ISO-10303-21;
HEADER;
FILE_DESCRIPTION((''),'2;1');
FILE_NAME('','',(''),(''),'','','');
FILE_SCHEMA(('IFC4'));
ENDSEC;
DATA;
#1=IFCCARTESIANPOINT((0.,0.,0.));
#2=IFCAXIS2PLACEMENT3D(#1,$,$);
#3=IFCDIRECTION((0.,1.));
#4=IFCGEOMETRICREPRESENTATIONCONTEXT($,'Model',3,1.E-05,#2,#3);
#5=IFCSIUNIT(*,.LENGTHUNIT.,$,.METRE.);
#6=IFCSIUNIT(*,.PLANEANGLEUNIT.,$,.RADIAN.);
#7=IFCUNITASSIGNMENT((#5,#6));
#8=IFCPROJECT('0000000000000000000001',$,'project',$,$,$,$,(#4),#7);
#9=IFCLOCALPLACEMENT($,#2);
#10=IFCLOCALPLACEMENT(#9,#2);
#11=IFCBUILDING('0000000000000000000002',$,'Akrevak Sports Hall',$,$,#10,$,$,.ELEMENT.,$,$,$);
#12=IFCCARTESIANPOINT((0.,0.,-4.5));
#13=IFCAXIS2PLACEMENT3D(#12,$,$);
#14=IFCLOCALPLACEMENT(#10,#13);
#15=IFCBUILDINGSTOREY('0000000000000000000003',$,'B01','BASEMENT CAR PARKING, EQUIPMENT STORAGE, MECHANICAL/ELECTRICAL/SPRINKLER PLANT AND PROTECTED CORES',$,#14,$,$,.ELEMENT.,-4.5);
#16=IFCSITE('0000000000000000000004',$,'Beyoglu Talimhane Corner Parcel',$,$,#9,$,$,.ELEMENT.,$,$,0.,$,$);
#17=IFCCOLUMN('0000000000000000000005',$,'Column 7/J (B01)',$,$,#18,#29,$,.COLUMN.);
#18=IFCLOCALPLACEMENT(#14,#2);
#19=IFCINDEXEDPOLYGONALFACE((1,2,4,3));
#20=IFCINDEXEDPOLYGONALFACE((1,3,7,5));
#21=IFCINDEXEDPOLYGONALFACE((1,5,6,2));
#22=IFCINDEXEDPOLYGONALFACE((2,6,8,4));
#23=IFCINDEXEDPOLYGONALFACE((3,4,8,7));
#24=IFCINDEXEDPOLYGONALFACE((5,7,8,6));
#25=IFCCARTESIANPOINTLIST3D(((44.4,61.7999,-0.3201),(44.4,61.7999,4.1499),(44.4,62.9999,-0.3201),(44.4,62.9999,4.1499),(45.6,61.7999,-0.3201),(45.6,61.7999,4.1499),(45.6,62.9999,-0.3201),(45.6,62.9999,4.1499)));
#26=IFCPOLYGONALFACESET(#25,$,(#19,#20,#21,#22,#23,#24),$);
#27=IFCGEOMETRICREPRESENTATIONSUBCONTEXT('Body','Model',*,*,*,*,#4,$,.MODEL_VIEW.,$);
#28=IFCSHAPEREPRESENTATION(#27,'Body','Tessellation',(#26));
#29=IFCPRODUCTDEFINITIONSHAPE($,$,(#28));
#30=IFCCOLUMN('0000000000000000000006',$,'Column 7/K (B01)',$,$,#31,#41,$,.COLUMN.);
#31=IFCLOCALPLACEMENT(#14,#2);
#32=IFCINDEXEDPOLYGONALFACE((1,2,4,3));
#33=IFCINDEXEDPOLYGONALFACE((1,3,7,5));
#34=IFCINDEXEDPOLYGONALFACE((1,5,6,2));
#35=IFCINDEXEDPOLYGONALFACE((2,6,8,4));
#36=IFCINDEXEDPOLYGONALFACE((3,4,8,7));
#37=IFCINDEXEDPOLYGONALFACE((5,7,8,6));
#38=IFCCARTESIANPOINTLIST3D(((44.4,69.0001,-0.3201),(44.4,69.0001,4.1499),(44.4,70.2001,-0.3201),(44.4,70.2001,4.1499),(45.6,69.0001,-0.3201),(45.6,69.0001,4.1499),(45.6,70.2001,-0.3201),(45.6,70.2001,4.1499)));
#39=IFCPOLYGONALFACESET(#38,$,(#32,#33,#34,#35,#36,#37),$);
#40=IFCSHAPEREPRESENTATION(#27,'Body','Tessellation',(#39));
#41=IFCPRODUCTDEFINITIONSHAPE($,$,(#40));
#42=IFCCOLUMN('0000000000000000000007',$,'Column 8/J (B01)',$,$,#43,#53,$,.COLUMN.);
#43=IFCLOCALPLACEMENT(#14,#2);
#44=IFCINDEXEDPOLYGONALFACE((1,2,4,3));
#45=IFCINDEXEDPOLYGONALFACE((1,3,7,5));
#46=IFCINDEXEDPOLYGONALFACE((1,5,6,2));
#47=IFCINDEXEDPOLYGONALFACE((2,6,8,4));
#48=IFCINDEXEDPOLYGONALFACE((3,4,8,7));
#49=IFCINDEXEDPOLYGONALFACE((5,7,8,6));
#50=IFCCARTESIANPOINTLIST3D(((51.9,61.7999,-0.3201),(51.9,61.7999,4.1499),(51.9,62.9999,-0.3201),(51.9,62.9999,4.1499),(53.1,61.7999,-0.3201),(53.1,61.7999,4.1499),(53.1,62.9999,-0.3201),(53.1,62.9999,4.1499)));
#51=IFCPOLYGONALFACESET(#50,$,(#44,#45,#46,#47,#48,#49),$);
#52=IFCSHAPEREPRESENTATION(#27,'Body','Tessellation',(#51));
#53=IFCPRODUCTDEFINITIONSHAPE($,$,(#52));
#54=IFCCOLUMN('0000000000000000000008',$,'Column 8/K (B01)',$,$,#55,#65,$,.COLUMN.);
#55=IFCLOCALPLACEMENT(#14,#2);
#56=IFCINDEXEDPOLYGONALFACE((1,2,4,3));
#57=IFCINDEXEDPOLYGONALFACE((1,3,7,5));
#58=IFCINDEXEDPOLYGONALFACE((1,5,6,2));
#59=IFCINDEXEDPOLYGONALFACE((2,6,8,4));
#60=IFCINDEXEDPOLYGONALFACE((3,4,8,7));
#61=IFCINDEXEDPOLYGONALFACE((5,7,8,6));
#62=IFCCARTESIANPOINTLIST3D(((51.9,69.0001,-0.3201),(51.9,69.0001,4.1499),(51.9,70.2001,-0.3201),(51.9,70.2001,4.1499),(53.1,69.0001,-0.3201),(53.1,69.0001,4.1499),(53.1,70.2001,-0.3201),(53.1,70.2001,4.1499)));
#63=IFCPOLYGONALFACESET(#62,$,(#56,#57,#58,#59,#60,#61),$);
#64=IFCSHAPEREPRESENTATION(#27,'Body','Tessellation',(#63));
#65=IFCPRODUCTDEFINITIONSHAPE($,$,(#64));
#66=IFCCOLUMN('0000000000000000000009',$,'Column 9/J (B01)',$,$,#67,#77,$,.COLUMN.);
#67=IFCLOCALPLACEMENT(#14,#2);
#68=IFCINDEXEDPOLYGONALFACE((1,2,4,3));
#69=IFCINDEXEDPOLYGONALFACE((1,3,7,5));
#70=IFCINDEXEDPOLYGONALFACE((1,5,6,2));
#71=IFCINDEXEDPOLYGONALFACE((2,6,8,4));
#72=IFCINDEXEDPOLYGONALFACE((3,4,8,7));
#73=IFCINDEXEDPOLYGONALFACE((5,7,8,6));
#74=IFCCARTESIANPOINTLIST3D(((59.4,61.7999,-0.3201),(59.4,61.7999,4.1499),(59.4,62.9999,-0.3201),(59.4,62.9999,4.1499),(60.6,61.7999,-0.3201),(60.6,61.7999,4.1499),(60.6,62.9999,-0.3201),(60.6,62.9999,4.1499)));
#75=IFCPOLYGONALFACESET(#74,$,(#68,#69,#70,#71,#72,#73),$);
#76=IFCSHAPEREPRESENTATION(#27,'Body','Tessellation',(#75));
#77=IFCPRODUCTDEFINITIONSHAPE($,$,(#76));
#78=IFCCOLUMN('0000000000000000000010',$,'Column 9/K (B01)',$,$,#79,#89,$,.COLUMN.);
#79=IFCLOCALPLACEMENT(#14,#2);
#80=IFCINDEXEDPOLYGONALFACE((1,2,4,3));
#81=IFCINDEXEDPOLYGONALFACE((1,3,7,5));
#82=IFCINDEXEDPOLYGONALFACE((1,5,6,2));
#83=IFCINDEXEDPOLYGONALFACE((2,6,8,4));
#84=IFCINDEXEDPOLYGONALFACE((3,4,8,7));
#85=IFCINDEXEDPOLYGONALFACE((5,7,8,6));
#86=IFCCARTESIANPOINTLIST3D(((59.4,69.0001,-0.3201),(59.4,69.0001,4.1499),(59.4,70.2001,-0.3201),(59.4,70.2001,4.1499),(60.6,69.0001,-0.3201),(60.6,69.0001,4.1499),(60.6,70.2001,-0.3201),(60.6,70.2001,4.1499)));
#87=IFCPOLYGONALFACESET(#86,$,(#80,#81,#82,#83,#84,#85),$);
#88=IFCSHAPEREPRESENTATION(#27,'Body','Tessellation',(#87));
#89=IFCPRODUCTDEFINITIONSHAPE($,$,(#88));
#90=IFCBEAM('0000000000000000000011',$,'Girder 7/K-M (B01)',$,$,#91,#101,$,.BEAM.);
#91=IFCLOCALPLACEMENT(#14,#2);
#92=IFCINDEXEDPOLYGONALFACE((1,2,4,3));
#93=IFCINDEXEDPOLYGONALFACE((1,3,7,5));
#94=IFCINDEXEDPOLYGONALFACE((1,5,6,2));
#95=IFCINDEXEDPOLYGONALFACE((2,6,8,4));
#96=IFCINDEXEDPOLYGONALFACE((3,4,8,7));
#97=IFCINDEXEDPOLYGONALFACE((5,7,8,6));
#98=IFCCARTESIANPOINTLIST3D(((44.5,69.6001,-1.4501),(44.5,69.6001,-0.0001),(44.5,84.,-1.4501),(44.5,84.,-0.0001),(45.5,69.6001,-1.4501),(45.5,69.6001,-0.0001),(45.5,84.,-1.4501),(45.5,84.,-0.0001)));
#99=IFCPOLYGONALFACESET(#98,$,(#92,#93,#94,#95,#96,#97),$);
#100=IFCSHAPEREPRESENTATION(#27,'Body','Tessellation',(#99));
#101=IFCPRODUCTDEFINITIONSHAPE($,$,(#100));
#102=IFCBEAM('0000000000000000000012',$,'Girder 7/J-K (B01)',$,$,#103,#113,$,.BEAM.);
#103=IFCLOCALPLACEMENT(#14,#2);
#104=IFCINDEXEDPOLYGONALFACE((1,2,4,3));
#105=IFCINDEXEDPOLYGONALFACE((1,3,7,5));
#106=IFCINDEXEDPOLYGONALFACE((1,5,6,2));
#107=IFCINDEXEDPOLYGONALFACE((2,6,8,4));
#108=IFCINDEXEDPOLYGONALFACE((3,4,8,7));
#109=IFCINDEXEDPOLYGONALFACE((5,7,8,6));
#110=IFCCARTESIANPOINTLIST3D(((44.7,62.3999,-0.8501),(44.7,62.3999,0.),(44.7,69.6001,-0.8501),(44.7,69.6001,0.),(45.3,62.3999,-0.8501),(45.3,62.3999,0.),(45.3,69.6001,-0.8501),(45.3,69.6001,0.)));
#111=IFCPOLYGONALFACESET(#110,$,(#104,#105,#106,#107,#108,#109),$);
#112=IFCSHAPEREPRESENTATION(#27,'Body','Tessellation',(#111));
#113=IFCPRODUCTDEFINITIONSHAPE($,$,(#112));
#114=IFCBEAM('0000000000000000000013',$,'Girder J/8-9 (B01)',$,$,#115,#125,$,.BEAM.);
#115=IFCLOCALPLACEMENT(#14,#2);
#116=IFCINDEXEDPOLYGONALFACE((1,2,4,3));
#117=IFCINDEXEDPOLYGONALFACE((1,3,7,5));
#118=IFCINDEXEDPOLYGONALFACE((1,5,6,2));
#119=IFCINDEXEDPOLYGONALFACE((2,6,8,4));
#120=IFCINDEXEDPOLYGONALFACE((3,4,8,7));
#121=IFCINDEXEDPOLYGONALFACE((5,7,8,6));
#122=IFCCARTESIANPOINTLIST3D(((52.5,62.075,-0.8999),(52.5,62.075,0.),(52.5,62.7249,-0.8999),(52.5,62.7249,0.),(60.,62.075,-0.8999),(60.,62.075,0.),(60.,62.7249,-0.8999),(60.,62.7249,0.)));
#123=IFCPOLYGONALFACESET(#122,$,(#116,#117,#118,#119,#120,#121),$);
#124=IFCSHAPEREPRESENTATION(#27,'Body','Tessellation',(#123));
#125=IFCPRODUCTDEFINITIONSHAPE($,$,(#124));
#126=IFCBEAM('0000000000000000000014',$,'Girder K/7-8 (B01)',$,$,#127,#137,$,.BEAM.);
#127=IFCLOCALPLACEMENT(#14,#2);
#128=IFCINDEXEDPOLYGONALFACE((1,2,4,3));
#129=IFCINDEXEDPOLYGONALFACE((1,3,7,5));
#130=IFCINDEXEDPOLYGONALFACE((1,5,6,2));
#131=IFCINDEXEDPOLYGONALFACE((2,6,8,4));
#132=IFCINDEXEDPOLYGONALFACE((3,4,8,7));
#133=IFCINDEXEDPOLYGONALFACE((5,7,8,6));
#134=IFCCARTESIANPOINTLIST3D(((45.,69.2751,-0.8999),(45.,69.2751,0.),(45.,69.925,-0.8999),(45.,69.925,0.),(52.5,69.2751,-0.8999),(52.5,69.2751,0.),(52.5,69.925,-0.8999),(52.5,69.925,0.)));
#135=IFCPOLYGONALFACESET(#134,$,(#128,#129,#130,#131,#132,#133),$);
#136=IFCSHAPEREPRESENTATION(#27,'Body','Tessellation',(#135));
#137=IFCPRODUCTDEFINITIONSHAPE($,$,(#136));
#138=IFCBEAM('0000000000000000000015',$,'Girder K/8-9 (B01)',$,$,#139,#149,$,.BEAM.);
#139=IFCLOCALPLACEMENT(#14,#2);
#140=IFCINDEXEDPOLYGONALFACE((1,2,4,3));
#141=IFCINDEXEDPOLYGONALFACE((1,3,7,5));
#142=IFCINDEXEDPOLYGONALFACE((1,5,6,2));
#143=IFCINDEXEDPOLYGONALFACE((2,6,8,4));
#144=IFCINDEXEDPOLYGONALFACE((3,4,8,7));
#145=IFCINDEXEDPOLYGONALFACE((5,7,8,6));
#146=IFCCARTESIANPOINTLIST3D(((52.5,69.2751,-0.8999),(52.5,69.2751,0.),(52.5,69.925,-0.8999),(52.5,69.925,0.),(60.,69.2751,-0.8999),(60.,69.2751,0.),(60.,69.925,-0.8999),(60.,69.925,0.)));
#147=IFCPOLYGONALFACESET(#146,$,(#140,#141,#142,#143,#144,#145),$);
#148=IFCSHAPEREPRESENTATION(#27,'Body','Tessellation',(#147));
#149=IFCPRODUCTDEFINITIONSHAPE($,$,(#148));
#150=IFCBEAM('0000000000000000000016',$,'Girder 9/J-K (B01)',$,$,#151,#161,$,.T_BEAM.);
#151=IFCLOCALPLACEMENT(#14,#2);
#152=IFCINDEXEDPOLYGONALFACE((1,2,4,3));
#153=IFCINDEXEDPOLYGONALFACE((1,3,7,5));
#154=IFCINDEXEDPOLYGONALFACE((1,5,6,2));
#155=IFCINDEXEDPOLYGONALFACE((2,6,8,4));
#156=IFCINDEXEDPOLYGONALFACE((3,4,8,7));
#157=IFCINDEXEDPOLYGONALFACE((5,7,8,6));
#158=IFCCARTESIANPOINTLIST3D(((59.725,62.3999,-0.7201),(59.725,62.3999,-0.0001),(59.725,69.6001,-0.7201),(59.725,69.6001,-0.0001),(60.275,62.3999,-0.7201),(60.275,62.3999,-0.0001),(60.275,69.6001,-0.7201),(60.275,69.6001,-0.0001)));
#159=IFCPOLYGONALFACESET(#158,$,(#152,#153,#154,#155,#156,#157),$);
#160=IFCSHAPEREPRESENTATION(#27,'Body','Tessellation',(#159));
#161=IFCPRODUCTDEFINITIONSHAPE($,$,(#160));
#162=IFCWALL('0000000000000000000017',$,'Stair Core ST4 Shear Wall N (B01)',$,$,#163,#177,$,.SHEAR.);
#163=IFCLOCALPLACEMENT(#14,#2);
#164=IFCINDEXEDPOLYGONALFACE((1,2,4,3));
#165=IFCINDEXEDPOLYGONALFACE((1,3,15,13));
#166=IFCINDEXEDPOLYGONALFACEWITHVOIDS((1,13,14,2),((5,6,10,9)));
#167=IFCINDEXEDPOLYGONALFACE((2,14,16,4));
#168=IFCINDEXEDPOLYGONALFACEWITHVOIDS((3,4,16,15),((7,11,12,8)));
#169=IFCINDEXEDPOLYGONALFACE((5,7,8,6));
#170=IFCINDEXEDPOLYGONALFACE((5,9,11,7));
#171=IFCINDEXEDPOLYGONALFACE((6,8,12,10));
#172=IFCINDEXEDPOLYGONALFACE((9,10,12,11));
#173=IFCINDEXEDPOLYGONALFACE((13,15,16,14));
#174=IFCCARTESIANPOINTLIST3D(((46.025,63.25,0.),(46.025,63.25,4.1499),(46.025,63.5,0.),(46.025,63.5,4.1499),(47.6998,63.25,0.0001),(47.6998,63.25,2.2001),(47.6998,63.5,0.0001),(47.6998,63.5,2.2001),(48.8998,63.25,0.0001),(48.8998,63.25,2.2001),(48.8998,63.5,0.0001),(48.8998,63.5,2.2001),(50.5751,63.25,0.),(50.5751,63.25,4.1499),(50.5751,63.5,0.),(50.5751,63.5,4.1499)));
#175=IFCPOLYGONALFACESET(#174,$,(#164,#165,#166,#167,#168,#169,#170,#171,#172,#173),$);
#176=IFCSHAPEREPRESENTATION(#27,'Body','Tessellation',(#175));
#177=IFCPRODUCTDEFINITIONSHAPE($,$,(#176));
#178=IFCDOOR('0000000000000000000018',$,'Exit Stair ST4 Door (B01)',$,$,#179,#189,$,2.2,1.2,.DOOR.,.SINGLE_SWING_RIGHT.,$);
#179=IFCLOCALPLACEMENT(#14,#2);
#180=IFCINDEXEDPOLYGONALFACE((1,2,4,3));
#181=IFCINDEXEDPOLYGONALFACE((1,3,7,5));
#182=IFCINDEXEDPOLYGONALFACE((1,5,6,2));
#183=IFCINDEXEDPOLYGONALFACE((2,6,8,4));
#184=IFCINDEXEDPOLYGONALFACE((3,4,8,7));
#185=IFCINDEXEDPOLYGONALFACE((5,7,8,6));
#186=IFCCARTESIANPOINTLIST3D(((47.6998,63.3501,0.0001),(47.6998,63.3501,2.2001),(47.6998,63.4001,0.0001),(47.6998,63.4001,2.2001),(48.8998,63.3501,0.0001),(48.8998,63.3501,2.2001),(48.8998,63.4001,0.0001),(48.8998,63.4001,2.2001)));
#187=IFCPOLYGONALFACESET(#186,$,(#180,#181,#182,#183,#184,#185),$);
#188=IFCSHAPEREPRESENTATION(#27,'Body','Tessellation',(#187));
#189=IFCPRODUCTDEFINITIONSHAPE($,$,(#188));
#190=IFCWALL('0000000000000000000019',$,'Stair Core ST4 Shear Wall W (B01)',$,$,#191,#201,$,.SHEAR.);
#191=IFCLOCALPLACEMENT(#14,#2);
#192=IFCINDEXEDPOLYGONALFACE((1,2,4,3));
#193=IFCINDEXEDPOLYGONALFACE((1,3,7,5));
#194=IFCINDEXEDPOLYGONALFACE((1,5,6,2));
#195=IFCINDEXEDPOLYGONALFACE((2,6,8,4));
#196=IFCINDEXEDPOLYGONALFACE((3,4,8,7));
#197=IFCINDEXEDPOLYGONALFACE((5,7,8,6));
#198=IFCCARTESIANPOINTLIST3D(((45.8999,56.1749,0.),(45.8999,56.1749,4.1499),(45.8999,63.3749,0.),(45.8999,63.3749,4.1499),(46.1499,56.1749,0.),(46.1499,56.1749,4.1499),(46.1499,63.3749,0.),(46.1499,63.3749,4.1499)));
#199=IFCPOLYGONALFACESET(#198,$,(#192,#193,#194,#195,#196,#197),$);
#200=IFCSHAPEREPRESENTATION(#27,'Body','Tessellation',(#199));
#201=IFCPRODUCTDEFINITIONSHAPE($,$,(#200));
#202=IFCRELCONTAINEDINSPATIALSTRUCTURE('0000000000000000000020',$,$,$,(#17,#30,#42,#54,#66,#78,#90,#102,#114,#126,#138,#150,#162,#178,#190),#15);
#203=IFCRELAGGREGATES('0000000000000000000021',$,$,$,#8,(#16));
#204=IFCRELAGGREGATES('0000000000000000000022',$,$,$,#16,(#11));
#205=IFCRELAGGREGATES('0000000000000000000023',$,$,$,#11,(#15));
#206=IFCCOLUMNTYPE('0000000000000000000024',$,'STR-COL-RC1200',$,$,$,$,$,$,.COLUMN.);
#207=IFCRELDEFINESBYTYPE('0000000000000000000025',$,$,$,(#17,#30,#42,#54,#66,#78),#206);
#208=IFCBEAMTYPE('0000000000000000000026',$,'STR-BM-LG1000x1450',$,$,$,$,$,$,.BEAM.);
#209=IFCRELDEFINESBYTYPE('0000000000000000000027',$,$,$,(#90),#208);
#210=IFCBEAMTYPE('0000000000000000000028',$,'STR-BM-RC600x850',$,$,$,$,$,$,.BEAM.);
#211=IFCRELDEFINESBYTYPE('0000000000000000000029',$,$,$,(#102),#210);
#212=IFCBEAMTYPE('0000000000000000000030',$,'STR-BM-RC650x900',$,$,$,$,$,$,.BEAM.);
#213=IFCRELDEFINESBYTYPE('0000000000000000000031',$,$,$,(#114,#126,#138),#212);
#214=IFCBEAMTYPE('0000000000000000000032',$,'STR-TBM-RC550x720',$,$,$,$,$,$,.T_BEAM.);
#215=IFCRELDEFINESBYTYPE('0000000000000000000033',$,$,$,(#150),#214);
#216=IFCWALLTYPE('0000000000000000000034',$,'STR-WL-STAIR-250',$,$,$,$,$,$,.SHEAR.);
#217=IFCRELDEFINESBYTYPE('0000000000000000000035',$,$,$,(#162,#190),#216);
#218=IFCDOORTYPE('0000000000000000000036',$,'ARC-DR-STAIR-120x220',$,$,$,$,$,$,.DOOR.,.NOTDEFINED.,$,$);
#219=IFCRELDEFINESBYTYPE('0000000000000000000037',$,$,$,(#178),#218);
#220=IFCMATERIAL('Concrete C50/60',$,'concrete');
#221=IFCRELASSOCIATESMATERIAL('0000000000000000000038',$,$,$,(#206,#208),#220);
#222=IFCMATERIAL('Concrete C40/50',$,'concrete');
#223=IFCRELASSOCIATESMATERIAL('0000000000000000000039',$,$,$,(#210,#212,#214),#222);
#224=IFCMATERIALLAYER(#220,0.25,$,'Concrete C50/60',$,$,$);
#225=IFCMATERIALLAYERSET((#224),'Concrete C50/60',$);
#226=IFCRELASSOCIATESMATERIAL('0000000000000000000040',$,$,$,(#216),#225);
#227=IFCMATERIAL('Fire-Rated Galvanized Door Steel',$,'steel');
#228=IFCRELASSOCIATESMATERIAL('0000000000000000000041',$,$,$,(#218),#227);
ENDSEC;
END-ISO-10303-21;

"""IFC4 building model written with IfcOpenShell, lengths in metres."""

from ifc_helpers import new_model, si_unit, direction, frame, frame_2d, origin, origin_2d, place, context, subcontext, project, spatial, rectangle, extrude, material, layer, layer_set, material_profile, profile_set, type_object, element, fill, save


model = new_model("IFC4")

# Units and contexts
model_context = context("Model", 3, precision=1e-05, world=origin(), true_north=direction((0.0, 1.0)))
body_context = subcontext(model_context, "Body", "Model", "MODEL_VIEW")
ifc_project = project(units=[si_unit("LENGTHUNIT", "METRE"), si_unit("PLANEANGLEUNIT", "RADIAN")], contexts=[model_context])

# Site, building, storey
site_placement = place(None, origin())
site = spatial("IfcSite", under=ifc_project, at=site_placement, Name="Beyoglu Talimhane Corner Parcel", CompositionType="ELEMENT", RefElevation=0.0)
building_placement = place(site_placement, origin())
building = spatial("IfcBuilding", under=site, at=building_placement, Name="Akrevak Sports Hall", CompositionType="ELEMENT")
storey_placement = place(building_placement, frame((0.0, 0.0, -4.5)))
storey = spatial("IfcBuildingStorey", under=building, at=storey_placement, Name="B01", Description="BASEMENT CAR PARKING, EQUIPMENT STORAGE, MECHANICAL/ELECTRICAL/SPRINKLER PLANT AND PROTECTED CORES", CompositionType="ELEMENT", Elevation=-4.5)

# Columns
ifc_material_1 = material(Name="Concrete C50/60", Category="concrete")
ifc_material_profile_1 = material_profile(ifc_material_1, rectangle(XDim=1.2, YDim=1.2, at=origin_2d()), Name="RC 1200x1200", Category="concrete")
ifc_profile_set_1 = profile_set([ifc_material_profile_1], Name="Concrete C50/60")
column_type = type_object("IfcColumnType", Name="STR-COL-RC1200", PredefinedType="COLUMN", material=ifc_profile_set_1)
for number, where, z_axis, x_axis, name in (
    (1, (45.0, 62.3999, -0.3201), (0.0, 0.0, 1.0), (1.0, 0.0, 0.0), "Column 7/J (B01)"),
    (2, (45.0, 69.6001, -0.3201), (0.0, 0.0, 1.0), (1.0, 0.0, 0.0), "Column 7/K (B01)"),
    (3, (52.5, 62.3999, -0.3201), (0.0, 0.0, 1.0), (1.0, 0.0, 0.0), "Column 8/J (B01)"),
    (4, (52.5, 69.6001, -0.3201), (0.0, 0.0, 1.0), (1.0, 0.0, 0.0), "Column 8/K (B01)"),
    (5, (60.0, 62.3999, -0.3201), (0.0, 0.0, 1.0), (1.0, 0.0, 0.0), "Column 9/J (B01)"),
    (6, (60.0, 69.6001, -0.3201), (0.0, 0.0, 1.0), (1.0, 0.0, 0.0), "Column 9/K (B01)"),
):
    element("IfcColumn", number, at=place(storey_placement, frame(where, z_axis=z_axis, x_axis=x_axis)), inside=storey, type_object=column_type, Name=name, PredefinedType="COLUMN", context=body_context, shape_type="SweptSolid", body=[
        extrude(rectangle(XDim=1.2, YDim=1.2, at=origin_2d()), origin(), (0.0, 0.0, 1.0), 4.47),
    ])

# Beams
ifc_material_profile_2 = material_profile(ifc_material_1, rectangle(XDim=1.0, YDim=1.45, at=origin_2d()), Name="BM 1000x1450", Category="concrete")
ifc_profile_set_2 = profile_set([ifc_material_profile_2], Name="Concrete C50/60")
beam_type_1 = type_object("IfcBeamType", Name="STR-BM-LG1000x1450", PredefinedType="BEAM", material=ifc_profile_set_2)
beam_1_placement = place(storey_placement, frame((45.0, 69.6001, -0.7251), z_axis=(0.0, 1.0, 0.0), x_axis=(-1.0, 0.0, 0.0)))
element("IfcBeam", 7, at=beam_1_placement, inside=storey, type_object=beam_type_1, Name="Girder 7/K-M (B01)", PredefinedType="BEAM", context=body_context, shape_type="SweptSolid", body=[
    extrude(rectangle(XDim=1.0, YDim=1.45, at=origin_2d()), origin(), (0.0, 0.0, 1.0), 14.3999),
])
ifc_material_2 = material(Name="Concrete C40/50", Category="concrete")
ifc_material_profile_3 = material_profile(ifc_material_2, rectangle(XDim=0.6001, YDim=0.8501, at=origin_2d()), Name="BM 600x850", Category="concrete")
ifc_profile_set_3 = profile_set([ifc_material_profile_3], Name="Concrete C40/50")
beam_type_2 = type_object("IfcBeamType", Name="STR-BM-RC600x850", PredefinedType="BEAM", material=ifc_profile_set_3)
beam_2_placement = place(storey_placement, frame((45.0, 62.3999, -0.425), z_axis=(0.0, 1.0, 0.0), x_axis=(-1.0, 0.0, 0.0)))
element("IfcBeam", 8, at=beam_2_placement, inside=storey, type_object=beam_type_2, Name="Girder 7/J-K (B01)", PredefinedType="BEAM", context=body_context, shape_type="SweptSolid", body=[
    extrude(rectangle(XDim=0.6001, YDim=0.8501, at=origin_2d()), origin(), (0.0, 0.0, 1.0), 7.2002),
])
ifc_material_profile_4 = material_profile(ifc_material_2, rectangle(XDim=0.6499, YDim=0.8999, at=origin_2d()), Name="BM 650x900", Category="concrete")
ifc_profile_set_4 = profile_set([ifc_material_profile_4], Name="Concrete C40/50")
beam_type_3 = type_object("IfcBeamType", Name="STR-BM-RC650x900", PredefinedType="BEAM", material=ifc_profile_set_4)
for number, where, z_axis, x_axis, name in (
    (9, (52.5, 62.3999, -0.45), (1.0, 0.0, 0.0), (0.0, 1.0, 0.0), "Girder J/8-9 (B01)"),
    (10, (45.0, 69.6001, -0.45), (1.0, 0.0, 0.0), (0.0, 1.0, 0.0), "Girder K/7-8 (B01)"),
    (11, (52.5, 69.6001, -0.45), (1.0, 0.0, 0.0), (0.0, 1.0, 0.0), "Girder K/8-9 (B01)"),
):
    element("IfcBeam", number, at=place(storey_placement, frame(where, z_axis=z_axis, x_axis=x_axis)), inside=storey, type_object=beam_type_3, Name=name, PredefinedType="BEAM", context=body_context, shape_type="SweptSolid", body=[
        extrude(rectangle(XDim=0.6499, YDim=0.8999, at=origin_2d()), origin(), (0.0, 0.0, 1.0), 7.5),
    ])
ifc_material_profile_5 = material_profile(ifc_material_2, rectangle(XDim=0.55, YDim=0.72, at=origin_2d()), Name="TBM 550x720", Category="concrete")
ifc_profile_set_5 = profile_set([ifc_material_profile_5], Name="Concrete C40/50")
beam_type_4 = type_object("IfcBeamType", Name="STR-TBM-RC550x720", PredefinedType="T_BEAM", material=ifc_profile_set_5)
beam_3_placement = place(storey_placement, frame((60.0, 62.3999, -0.3601), z_axis=(0.0, 1.0, 0.0), x_axis=(-1.0, 0.0, 0.0)))
element("IfcBeam", 12, at=beam_3_placement, inside=storey, type_object=beam_type_4, Name="Girder 9/J-K (B01)", PredefinedType="T_BEAM", context=body_context, shape_type="SweptSolid", body=[
    extrude(rectangle(XDim=0.55, YDim=0.72, at=origin_2d()), origin(), (0.0, 0.0, 1.0), 7.2002),
])

# Wall, opening, door
ifc_layer = layer(ifc_material_1, 0.25, Name="Concrete C50/60")
ifc_layer_set = layer_set([ifc_layer], Name="Concrete C50/60")
wall_type = type_object("IfcWallType", Name="STR-WL-STAIR-250", PredefinedType="SHEAR", material=ifc_layer_set)
wall_1_placement = place(storey_placement, frame((50.575, 63.375, 0.0), z_axis=(0.0, 0.0, 1.0), x_axis=(-1.0, 0.0, 0.0)))
wall_1 = element("IfcWall", 13, at=wall_1_placement, inside=storey, type_object=wall_type, Name="Stair Core ST4 Shear Wall N (B01)", PredefinedType="SHEAR", context=body_context, shape_type="SweptSolid", body=[
    extrude(rectangle(XDim=4.55, YDim=0.25, at=frame_2d((2.2749, 0.0))), origin(), (0.0, 0.0, 1.0), 4.1499),
])
opening_placement = place(wall_1_placement, frame((1.675, 0.0, 0.0)))
opening = element("IfcOpeningElement", 14, at=opening_placement, cuts=wall_1, PredefinedType="OPENING", context=body_context, shape_type="SweptSolid", body=[
    extrude(rectangle(XDim=1.2, YDim=2.2, at=frame_2d((0.6001, 1.1001))), frame((0.0, 0.137, 0.0), z_axis=(0.0, -1.0, 0.0), x_axis=(1.0, 0.0, 0.0)), (0.0, 0.0, 1.0), 0.2739),
])
ifc_material_3 = material(Name="Fire-Rated Galvanized Door Steel", Category="steel")
door_type = type_object("IfcDoorType", Name="ARC-DR-STAIR-120x220", OperationType="NOTDEFINED", PredefinedType="DOOR", material=ifc_material_3)
door_placement = place(opening_placement, origin())
door = element("IfcDoor", 15, at=door_placement, inside=storey, type_object=door_type, Name="Exit Stair ST4 Door (B01)", OperationType="SINGLE_SWING_RIGHT", OverallHeight=2.2, OverallWidth=1.2, PredefinedType="DOOR", context=body_context, shape_type="SweptSolid", body=[
    extrude(rectangle(XDim=1.2, YDim=2.2, at=frame_2d((0.6001, 1.1001))), frame((0.0, 0.0249, 0.0), z_axis=(0.0, -1.0, 0.0), x_axis=(1.0, 0.0, 0.0)), (0.0, 0.0, 1.0), 0.05),
])
fill(opening, door)

# Wall
wall_2_placement = place(storey_placement, frame((46.0249, 63.375, 0.0), z_axis=(0.0, 0.0, 1.0), x_axis=(0.0, -1.0, 0.0)))
element("IfcWall", 16, at=wall_2_placement, inside=storey, type_object=wall_type, Name="Stair Core ST4 Shear Wall W (B01)", PredefinedType="SHEAR", context=body_context, shape_type="SweptSolid", body=[
    extrude(rectangle(XDim=7.2, YDim=0.25, at=frame_2d((3.6001, 0.0))), origin(), (0.0, 0.0, 1.0), 4.1499),
])

save(model, "model.ifc")
